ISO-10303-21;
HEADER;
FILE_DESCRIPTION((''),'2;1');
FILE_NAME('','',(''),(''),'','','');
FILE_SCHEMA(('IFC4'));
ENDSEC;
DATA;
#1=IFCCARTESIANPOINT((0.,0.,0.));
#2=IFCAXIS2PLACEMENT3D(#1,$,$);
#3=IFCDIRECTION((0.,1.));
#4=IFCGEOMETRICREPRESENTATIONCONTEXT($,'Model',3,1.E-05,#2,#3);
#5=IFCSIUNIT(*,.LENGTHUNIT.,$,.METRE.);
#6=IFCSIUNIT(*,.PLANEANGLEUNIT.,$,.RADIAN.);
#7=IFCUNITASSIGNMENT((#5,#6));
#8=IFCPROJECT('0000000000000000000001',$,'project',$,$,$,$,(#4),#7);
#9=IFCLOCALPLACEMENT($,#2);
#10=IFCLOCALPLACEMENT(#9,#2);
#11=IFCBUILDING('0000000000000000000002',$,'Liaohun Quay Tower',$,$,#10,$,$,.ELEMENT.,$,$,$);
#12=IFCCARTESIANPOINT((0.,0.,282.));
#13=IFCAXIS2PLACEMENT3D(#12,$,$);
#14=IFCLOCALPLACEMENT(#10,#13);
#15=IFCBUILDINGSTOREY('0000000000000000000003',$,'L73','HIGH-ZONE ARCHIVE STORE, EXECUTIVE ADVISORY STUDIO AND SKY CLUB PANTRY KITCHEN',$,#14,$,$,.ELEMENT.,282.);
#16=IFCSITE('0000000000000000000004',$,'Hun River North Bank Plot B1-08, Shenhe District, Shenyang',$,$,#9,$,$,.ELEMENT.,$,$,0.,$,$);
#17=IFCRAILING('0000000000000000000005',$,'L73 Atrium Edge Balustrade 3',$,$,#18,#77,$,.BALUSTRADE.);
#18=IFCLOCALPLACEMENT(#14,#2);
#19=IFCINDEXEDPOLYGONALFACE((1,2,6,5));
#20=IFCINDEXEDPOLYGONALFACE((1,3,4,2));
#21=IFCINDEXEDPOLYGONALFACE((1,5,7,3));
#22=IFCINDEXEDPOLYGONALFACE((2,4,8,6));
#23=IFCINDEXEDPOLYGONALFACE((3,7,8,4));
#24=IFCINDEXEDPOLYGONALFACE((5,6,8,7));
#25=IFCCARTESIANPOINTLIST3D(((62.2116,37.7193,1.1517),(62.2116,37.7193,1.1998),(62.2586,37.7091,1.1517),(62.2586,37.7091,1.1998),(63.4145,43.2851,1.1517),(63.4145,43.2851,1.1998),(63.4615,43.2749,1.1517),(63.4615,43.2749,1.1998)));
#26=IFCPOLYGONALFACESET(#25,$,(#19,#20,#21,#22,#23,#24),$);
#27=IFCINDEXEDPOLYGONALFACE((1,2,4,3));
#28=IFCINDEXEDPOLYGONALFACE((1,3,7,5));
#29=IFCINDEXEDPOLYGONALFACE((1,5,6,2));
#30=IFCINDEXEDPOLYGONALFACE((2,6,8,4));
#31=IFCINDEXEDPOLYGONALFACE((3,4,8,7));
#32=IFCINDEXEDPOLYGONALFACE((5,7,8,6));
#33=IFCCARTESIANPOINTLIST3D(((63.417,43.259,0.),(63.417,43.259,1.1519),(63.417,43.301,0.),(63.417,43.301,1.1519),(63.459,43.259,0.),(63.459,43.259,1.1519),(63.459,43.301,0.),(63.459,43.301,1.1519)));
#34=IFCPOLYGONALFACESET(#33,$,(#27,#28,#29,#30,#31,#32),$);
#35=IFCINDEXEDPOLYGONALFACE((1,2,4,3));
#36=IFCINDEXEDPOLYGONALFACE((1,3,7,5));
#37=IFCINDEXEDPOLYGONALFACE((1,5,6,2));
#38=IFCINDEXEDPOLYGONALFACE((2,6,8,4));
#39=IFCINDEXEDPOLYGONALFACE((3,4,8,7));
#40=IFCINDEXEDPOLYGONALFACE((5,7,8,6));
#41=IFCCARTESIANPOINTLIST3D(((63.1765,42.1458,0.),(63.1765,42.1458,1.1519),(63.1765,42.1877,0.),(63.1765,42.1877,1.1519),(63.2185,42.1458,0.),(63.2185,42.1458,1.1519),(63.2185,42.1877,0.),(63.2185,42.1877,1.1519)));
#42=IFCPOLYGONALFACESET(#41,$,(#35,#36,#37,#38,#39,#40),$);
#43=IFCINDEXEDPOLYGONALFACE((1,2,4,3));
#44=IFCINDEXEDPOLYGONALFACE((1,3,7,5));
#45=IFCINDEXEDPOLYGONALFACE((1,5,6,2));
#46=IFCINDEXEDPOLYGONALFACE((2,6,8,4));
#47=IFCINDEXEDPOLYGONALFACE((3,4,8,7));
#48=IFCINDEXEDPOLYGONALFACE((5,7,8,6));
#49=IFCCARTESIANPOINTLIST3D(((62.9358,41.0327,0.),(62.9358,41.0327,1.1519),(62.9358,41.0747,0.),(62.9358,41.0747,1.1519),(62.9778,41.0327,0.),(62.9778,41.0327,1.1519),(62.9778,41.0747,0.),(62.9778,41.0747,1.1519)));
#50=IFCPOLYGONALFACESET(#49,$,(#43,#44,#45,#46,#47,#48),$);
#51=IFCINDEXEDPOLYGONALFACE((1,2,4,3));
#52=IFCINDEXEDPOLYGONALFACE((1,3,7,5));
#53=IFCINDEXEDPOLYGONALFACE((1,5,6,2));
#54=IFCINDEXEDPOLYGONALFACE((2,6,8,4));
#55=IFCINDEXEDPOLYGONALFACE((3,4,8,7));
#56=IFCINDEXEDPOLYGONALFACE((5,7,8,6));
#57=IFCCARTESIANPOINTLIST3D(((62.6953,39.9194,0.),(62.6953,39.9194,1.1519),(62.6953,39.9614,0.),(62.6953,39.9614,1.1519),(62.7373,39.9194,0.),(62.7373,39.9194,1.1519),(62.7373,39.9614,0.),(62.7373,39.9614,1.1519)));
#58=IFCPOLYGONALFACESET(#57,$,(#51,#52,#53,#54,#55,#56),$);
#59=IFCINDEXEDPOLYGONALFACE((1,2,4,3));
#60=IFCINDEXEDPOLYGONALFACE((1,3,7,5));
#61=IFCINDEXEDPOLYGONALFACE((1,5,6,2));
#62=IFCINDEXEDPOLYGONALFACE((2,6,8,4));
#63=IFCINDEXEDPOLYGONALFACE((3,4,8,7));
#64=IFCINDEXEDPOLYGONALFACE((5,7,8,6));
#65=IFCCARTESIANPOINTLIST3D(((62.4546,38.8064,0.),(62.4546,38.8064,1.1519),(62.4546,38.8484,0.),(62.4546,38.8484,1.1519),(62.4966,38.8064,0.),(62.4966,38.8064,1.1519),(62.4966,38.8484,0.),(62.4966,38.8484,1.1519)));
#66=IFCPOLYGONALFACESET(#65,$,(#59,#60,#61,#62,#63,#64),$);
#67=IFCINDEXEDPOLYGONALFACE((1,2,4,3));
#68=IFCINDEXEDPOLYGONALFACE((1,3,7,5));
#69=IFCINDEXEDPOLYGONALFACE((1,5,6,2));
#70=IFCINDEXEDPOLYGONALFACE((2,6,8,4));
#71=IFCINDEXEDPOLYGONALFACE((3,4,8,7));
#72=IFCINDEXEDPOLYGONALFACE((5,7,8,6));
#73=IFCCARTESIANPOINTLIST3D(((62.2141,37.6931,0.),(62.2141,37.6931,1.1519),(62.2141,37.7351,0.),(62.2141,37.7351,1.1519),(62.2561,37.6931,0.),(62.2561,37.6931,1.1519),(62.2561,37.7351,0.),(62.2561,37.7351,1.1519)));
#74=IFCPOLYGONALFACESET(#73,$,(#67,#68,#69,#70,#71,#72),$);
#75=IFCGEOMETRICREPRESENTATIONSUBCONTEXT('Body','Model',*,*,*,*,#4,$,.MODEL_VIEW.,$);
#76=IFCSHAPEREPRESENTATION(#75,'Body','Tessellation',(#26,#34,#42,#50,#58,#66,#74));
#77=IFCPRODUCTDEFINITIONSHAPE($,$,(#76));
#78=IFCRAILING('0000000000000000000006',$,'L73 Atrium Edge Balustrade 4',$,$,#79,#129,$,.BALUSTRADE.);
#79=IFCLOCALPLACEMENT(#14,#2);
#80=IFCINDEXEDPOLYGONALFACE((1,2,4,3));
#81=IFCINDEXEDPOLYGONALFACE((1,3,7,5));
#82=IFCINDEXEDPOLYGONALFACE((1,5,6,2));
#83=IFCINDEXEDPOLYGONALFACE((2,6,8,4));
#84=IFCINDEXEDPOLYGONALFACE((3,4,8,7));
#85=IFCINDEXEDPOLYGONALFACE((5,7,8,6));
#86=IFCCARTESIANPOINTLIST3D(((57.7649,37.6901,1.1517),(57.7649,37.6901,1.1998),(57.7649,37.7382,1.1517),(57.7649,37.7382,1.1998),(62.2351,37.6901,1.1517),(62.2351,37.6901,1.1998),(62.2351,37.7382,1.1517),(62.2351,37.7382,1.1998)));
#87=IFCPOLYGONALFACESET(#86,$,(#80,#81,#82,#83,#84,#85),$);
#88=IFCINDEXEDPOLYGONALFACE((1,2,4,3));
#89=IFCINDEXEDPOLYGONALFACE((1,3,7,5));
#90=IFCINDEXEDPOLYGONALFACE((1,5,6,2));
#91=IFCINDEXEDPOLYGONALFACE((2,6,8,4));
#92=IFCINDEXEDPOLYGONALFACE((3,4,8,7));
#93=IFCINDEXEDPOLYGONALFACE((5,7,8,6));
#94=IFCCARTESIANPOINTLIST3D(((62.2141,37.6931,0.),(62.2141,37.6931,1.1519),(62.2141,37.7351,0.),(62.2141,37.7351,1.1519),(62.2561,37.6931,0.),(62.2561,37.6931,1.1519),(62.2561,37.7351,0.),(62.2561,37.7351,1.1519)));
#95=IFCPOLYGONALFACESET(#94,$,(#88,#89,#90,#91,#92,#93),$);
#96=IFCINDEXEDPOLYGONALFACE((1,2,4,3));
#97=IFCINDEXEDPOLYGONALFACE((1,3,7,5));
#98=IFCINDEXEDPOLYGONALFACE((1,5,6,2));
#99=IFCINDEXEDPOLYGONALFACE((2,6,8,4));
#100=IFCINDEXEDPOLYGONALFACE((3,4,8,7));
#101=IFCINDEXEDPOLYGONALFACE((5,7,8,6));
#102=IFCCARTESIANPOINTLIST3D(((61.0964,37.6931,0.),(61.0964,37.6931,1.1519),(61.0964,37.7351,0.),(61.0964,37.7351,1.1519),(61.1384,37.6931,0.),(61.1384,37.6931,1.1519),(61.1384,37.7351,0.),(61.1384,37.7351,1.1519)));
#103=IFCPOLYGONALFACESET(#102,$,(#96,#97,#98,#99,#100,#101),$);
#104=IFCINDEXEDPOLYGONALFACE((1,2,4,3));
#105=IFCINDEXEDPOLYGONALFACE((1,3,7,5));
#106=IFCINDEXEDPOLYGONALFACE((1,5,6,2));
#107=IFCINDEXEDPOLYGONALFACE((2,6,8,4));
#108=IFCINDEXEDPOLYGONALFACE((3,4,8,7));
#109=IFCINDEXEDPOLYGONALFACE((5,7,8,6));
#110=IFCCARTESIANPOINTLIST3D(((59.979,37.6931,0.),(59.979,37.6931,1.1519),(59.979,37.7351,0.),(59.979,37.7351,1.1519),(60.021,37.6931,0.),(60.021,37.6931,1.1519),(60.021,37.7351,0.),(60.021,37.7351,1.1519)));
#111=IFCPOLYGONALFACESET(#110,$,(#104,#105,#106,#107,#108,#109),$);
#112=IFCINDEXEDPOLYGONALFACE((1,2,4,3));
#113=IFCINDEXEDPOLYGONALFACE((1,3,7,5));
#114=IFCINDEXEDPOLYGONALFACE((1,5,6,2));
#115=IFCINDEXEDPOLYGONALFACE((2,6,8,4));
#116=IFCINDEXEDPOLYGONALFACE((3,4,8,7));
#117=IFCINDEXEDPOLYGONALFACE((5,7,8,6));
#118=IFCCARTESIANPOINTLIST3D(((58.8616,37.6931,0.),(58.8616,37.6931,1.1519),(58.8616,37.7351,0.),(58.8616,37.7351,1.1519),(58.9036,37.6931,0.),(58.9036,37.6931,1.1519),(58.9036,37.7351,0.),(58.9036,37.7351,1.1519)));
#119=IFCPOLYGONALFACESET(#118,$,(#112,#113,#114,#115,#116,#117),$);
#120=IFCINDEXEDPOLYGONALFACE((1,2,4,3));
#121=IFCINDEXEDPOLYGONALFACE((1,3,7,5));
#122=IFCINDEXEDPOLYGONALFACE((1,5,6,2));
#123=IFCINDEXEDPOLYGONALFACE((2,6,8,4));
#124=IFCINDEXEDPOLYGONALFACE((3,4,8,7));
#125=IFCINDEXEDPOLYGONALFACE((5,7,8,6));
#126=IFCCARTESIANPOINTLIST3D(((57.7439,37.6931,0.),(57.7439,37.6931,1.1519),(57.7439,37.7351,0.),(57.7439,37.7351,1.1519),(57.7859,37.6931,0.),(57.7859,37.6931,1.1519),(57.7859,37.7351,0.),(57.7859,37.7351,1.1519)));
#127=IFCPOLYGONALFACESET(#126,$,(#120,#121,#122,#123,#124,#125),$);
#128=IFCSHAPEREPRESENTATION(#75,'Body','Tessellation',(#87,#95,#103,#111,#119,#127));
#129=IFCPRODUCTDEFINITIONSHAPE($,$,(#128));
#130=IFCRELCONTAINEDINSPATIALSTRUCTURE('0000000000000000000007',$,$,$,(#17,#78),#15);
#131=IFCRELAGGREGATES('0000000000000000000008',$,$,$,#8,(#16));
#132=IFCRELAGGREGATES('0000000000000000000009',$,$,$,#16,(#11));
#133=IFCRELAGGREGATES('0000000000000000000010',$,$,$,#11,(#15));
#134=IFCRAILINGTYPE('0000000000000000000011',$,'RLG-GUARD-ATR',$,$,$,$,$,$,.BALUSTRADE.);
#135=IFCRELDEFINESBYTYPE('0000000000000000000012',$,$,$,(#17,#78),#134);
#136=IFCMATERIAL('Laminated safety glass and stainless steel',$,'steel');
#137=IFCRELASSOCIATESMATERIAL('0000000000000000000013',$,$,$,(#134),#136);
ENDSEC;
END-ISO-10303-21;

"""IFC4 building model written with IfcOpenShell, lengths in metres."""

from ifc_helpers import new_model, si_unit, direction, frame, origin, origin_2d, place, context, subcontext, project, spatial, rectangle, extrude, material, type_object, element, save


model = new_model("IFC4")

# Units and contexts
model_context = context("Model", 3, precision=1e-05, world=origin(), true_north=direction((0.0, 1.0)))
body_context = subcontext(model_context, "Body", "Model", "MODEL_VIEW")
ifc_project = project(units=[si_unit("LENGTHUNIT", "METRE"), si_unit("PLANEANGLEUNIT", "RADIAN")], contexts=[model_context])

# Site, building, storey
site_placement = place(None, origin())
site = spatial("IfcSite", under=ifc_project, at=site_placement, Name="Hun River North Bank Plot B1-08, Shenhe District, Shenyang", CompositionType="ELEMENT", RefElevation=0.0)
building_placement = place(site_placement, origin())
building = spatial("IfcBuilding", under=site, at=building_placement, Name="Liaohun Quay Tower", CompositionType="ELEMENT")
storey_placement = place(building_placement, frame((0.0, 0.0, 282.0)))
storey = spatial("IfcBuildingStorey", under=building, at=storey_placement, Name="L73", Description="HIGH-ZONE ARCHIVE STORE, EXECUTIVE ADVISORY STUDIO AND SKY CLUB PANTRY KITCHEN", CompositionType="ELEMENT", Elevation=282.0)

# Railings
ifc_material_1 = material(Name="Laminated safety glass and stainless steel", Category="steel")
railing_type = type_object("IfcRailingType", Name="RLG-GUARD-ATR", PredefinedType="BALUSTRADE", material=ifc_material_1)
railing_1_placement = place(storey_placement, frame((63.438, 43.28, 0.0)))
element("IfcRailing", 1, at=railing_1_placement, inside=storey, type_object=railing_type, Name="L73 Atrium Edge Balustrade 3", PredefinedType="BALUSTRADE", context=body_context, shape_type="SweptSolid", body=[
    extrude(rectangle(XDim=0.0481, YDim=0.0481, at=origin_2d()), frame((0.0, 0.0, 1.1758), z_axis=(-0.211239, -0.977435, 0.0), x_axis=(0.977435, -0.211239, 0.0)), (0.0, 0.0, 1.0), 5.6943),
    extrude(rectangle(XDim=0.042, YDim=0.042, at=origin_2d()), origin(), (0.0, 0.0, 1.0), 1.1519),
    extrude(rectangle(XDim=0.042, YDim=0.042, at=origin_2d()), frame((-0.2405, -1.1133, 0.0)), (0.0, 0.0, 1.0), 1.1519),
    extrude(rectangle(XDim=0.042, YDim=0.042, at=origin_2d()), frame((-0.4812, -2.2263, 0.0)), (0.0, 0.0, 1.0), 1.1519),
    extrude(rectangle(XDim=0.042, YDim=0.042, at=origin_2d()), frame((-0.7217, -3.3396, 0.0)), (0.0, 0.0, 1.0), 1.1519),
    extrude(rectangle(XDim=0.042, YDim=0.042, at=origin_2d()), frame((-0.9624, -4.4526, 0.0)), (0.0, 0.0, 1.0), 1.1519),
    extrude(rectangle(XDim=0.042, YDim=0.042, at=origin_2d()), frame((-1.2029, -5.5659, 0.0)), (0.0, 0.0, 1.0), 1.1519),
])
railing_2_placement = place(storey_placement, frame((62.2351, 37.7141, 0.0)))
element("IfcRailing", 2, at=railing_2_placement, inside=storey, type_object=railing_type, Name="L73 Atrium Edge Balustrade 4", PredefinedType="BALUSTRADE", context=body_context, shape_type="SweptSolid", body=[
    extrude(rectangle(XDim=0.0481, YDim=0.0481, at=origin_2d()), frame((0.0, 0.0, 1.1758), z_axis=(-1.0, 0.0, 0.0), x_axis=(0.0, -1.0, 0.0)), (0.0, 0.0, 1.0), 4.4702),
    extrude(rectangle(XDim=0.042, YDim=0.042, at=origin_2d()), origin(), (0.0, 0.0, 1.0), 1.1519),
    extrude(rectangle(XDim=0.042, YDim=0.042, at=origin_2d()), frame((-1.1177, 0.0, 0.0)), (0.0, 0.0, 1.0), 1.1519),
    extrude(rectangle(XDim=0.042, YDim=0.042, at=origin_2d()), frame((-2.2351, 0.0, 0.0)), (0.0, 0.0, 1.0), 1.1519),
    extrude(rectangle(XDim=0.042, YDim=0.042, at=origin_2d()), frame((-3.3525, 0.0, 0.0)), (0.0, 0.0, 1.0), 1.1519),
    extrude(rectangle(XDim=0.042, YDim=0.042, at=origin_2d()), frame((-4.4702, 0.0, 0.0)), (0.0, 0.0, 1.0), 1.1519),
])

save(model, "model.ifc")
